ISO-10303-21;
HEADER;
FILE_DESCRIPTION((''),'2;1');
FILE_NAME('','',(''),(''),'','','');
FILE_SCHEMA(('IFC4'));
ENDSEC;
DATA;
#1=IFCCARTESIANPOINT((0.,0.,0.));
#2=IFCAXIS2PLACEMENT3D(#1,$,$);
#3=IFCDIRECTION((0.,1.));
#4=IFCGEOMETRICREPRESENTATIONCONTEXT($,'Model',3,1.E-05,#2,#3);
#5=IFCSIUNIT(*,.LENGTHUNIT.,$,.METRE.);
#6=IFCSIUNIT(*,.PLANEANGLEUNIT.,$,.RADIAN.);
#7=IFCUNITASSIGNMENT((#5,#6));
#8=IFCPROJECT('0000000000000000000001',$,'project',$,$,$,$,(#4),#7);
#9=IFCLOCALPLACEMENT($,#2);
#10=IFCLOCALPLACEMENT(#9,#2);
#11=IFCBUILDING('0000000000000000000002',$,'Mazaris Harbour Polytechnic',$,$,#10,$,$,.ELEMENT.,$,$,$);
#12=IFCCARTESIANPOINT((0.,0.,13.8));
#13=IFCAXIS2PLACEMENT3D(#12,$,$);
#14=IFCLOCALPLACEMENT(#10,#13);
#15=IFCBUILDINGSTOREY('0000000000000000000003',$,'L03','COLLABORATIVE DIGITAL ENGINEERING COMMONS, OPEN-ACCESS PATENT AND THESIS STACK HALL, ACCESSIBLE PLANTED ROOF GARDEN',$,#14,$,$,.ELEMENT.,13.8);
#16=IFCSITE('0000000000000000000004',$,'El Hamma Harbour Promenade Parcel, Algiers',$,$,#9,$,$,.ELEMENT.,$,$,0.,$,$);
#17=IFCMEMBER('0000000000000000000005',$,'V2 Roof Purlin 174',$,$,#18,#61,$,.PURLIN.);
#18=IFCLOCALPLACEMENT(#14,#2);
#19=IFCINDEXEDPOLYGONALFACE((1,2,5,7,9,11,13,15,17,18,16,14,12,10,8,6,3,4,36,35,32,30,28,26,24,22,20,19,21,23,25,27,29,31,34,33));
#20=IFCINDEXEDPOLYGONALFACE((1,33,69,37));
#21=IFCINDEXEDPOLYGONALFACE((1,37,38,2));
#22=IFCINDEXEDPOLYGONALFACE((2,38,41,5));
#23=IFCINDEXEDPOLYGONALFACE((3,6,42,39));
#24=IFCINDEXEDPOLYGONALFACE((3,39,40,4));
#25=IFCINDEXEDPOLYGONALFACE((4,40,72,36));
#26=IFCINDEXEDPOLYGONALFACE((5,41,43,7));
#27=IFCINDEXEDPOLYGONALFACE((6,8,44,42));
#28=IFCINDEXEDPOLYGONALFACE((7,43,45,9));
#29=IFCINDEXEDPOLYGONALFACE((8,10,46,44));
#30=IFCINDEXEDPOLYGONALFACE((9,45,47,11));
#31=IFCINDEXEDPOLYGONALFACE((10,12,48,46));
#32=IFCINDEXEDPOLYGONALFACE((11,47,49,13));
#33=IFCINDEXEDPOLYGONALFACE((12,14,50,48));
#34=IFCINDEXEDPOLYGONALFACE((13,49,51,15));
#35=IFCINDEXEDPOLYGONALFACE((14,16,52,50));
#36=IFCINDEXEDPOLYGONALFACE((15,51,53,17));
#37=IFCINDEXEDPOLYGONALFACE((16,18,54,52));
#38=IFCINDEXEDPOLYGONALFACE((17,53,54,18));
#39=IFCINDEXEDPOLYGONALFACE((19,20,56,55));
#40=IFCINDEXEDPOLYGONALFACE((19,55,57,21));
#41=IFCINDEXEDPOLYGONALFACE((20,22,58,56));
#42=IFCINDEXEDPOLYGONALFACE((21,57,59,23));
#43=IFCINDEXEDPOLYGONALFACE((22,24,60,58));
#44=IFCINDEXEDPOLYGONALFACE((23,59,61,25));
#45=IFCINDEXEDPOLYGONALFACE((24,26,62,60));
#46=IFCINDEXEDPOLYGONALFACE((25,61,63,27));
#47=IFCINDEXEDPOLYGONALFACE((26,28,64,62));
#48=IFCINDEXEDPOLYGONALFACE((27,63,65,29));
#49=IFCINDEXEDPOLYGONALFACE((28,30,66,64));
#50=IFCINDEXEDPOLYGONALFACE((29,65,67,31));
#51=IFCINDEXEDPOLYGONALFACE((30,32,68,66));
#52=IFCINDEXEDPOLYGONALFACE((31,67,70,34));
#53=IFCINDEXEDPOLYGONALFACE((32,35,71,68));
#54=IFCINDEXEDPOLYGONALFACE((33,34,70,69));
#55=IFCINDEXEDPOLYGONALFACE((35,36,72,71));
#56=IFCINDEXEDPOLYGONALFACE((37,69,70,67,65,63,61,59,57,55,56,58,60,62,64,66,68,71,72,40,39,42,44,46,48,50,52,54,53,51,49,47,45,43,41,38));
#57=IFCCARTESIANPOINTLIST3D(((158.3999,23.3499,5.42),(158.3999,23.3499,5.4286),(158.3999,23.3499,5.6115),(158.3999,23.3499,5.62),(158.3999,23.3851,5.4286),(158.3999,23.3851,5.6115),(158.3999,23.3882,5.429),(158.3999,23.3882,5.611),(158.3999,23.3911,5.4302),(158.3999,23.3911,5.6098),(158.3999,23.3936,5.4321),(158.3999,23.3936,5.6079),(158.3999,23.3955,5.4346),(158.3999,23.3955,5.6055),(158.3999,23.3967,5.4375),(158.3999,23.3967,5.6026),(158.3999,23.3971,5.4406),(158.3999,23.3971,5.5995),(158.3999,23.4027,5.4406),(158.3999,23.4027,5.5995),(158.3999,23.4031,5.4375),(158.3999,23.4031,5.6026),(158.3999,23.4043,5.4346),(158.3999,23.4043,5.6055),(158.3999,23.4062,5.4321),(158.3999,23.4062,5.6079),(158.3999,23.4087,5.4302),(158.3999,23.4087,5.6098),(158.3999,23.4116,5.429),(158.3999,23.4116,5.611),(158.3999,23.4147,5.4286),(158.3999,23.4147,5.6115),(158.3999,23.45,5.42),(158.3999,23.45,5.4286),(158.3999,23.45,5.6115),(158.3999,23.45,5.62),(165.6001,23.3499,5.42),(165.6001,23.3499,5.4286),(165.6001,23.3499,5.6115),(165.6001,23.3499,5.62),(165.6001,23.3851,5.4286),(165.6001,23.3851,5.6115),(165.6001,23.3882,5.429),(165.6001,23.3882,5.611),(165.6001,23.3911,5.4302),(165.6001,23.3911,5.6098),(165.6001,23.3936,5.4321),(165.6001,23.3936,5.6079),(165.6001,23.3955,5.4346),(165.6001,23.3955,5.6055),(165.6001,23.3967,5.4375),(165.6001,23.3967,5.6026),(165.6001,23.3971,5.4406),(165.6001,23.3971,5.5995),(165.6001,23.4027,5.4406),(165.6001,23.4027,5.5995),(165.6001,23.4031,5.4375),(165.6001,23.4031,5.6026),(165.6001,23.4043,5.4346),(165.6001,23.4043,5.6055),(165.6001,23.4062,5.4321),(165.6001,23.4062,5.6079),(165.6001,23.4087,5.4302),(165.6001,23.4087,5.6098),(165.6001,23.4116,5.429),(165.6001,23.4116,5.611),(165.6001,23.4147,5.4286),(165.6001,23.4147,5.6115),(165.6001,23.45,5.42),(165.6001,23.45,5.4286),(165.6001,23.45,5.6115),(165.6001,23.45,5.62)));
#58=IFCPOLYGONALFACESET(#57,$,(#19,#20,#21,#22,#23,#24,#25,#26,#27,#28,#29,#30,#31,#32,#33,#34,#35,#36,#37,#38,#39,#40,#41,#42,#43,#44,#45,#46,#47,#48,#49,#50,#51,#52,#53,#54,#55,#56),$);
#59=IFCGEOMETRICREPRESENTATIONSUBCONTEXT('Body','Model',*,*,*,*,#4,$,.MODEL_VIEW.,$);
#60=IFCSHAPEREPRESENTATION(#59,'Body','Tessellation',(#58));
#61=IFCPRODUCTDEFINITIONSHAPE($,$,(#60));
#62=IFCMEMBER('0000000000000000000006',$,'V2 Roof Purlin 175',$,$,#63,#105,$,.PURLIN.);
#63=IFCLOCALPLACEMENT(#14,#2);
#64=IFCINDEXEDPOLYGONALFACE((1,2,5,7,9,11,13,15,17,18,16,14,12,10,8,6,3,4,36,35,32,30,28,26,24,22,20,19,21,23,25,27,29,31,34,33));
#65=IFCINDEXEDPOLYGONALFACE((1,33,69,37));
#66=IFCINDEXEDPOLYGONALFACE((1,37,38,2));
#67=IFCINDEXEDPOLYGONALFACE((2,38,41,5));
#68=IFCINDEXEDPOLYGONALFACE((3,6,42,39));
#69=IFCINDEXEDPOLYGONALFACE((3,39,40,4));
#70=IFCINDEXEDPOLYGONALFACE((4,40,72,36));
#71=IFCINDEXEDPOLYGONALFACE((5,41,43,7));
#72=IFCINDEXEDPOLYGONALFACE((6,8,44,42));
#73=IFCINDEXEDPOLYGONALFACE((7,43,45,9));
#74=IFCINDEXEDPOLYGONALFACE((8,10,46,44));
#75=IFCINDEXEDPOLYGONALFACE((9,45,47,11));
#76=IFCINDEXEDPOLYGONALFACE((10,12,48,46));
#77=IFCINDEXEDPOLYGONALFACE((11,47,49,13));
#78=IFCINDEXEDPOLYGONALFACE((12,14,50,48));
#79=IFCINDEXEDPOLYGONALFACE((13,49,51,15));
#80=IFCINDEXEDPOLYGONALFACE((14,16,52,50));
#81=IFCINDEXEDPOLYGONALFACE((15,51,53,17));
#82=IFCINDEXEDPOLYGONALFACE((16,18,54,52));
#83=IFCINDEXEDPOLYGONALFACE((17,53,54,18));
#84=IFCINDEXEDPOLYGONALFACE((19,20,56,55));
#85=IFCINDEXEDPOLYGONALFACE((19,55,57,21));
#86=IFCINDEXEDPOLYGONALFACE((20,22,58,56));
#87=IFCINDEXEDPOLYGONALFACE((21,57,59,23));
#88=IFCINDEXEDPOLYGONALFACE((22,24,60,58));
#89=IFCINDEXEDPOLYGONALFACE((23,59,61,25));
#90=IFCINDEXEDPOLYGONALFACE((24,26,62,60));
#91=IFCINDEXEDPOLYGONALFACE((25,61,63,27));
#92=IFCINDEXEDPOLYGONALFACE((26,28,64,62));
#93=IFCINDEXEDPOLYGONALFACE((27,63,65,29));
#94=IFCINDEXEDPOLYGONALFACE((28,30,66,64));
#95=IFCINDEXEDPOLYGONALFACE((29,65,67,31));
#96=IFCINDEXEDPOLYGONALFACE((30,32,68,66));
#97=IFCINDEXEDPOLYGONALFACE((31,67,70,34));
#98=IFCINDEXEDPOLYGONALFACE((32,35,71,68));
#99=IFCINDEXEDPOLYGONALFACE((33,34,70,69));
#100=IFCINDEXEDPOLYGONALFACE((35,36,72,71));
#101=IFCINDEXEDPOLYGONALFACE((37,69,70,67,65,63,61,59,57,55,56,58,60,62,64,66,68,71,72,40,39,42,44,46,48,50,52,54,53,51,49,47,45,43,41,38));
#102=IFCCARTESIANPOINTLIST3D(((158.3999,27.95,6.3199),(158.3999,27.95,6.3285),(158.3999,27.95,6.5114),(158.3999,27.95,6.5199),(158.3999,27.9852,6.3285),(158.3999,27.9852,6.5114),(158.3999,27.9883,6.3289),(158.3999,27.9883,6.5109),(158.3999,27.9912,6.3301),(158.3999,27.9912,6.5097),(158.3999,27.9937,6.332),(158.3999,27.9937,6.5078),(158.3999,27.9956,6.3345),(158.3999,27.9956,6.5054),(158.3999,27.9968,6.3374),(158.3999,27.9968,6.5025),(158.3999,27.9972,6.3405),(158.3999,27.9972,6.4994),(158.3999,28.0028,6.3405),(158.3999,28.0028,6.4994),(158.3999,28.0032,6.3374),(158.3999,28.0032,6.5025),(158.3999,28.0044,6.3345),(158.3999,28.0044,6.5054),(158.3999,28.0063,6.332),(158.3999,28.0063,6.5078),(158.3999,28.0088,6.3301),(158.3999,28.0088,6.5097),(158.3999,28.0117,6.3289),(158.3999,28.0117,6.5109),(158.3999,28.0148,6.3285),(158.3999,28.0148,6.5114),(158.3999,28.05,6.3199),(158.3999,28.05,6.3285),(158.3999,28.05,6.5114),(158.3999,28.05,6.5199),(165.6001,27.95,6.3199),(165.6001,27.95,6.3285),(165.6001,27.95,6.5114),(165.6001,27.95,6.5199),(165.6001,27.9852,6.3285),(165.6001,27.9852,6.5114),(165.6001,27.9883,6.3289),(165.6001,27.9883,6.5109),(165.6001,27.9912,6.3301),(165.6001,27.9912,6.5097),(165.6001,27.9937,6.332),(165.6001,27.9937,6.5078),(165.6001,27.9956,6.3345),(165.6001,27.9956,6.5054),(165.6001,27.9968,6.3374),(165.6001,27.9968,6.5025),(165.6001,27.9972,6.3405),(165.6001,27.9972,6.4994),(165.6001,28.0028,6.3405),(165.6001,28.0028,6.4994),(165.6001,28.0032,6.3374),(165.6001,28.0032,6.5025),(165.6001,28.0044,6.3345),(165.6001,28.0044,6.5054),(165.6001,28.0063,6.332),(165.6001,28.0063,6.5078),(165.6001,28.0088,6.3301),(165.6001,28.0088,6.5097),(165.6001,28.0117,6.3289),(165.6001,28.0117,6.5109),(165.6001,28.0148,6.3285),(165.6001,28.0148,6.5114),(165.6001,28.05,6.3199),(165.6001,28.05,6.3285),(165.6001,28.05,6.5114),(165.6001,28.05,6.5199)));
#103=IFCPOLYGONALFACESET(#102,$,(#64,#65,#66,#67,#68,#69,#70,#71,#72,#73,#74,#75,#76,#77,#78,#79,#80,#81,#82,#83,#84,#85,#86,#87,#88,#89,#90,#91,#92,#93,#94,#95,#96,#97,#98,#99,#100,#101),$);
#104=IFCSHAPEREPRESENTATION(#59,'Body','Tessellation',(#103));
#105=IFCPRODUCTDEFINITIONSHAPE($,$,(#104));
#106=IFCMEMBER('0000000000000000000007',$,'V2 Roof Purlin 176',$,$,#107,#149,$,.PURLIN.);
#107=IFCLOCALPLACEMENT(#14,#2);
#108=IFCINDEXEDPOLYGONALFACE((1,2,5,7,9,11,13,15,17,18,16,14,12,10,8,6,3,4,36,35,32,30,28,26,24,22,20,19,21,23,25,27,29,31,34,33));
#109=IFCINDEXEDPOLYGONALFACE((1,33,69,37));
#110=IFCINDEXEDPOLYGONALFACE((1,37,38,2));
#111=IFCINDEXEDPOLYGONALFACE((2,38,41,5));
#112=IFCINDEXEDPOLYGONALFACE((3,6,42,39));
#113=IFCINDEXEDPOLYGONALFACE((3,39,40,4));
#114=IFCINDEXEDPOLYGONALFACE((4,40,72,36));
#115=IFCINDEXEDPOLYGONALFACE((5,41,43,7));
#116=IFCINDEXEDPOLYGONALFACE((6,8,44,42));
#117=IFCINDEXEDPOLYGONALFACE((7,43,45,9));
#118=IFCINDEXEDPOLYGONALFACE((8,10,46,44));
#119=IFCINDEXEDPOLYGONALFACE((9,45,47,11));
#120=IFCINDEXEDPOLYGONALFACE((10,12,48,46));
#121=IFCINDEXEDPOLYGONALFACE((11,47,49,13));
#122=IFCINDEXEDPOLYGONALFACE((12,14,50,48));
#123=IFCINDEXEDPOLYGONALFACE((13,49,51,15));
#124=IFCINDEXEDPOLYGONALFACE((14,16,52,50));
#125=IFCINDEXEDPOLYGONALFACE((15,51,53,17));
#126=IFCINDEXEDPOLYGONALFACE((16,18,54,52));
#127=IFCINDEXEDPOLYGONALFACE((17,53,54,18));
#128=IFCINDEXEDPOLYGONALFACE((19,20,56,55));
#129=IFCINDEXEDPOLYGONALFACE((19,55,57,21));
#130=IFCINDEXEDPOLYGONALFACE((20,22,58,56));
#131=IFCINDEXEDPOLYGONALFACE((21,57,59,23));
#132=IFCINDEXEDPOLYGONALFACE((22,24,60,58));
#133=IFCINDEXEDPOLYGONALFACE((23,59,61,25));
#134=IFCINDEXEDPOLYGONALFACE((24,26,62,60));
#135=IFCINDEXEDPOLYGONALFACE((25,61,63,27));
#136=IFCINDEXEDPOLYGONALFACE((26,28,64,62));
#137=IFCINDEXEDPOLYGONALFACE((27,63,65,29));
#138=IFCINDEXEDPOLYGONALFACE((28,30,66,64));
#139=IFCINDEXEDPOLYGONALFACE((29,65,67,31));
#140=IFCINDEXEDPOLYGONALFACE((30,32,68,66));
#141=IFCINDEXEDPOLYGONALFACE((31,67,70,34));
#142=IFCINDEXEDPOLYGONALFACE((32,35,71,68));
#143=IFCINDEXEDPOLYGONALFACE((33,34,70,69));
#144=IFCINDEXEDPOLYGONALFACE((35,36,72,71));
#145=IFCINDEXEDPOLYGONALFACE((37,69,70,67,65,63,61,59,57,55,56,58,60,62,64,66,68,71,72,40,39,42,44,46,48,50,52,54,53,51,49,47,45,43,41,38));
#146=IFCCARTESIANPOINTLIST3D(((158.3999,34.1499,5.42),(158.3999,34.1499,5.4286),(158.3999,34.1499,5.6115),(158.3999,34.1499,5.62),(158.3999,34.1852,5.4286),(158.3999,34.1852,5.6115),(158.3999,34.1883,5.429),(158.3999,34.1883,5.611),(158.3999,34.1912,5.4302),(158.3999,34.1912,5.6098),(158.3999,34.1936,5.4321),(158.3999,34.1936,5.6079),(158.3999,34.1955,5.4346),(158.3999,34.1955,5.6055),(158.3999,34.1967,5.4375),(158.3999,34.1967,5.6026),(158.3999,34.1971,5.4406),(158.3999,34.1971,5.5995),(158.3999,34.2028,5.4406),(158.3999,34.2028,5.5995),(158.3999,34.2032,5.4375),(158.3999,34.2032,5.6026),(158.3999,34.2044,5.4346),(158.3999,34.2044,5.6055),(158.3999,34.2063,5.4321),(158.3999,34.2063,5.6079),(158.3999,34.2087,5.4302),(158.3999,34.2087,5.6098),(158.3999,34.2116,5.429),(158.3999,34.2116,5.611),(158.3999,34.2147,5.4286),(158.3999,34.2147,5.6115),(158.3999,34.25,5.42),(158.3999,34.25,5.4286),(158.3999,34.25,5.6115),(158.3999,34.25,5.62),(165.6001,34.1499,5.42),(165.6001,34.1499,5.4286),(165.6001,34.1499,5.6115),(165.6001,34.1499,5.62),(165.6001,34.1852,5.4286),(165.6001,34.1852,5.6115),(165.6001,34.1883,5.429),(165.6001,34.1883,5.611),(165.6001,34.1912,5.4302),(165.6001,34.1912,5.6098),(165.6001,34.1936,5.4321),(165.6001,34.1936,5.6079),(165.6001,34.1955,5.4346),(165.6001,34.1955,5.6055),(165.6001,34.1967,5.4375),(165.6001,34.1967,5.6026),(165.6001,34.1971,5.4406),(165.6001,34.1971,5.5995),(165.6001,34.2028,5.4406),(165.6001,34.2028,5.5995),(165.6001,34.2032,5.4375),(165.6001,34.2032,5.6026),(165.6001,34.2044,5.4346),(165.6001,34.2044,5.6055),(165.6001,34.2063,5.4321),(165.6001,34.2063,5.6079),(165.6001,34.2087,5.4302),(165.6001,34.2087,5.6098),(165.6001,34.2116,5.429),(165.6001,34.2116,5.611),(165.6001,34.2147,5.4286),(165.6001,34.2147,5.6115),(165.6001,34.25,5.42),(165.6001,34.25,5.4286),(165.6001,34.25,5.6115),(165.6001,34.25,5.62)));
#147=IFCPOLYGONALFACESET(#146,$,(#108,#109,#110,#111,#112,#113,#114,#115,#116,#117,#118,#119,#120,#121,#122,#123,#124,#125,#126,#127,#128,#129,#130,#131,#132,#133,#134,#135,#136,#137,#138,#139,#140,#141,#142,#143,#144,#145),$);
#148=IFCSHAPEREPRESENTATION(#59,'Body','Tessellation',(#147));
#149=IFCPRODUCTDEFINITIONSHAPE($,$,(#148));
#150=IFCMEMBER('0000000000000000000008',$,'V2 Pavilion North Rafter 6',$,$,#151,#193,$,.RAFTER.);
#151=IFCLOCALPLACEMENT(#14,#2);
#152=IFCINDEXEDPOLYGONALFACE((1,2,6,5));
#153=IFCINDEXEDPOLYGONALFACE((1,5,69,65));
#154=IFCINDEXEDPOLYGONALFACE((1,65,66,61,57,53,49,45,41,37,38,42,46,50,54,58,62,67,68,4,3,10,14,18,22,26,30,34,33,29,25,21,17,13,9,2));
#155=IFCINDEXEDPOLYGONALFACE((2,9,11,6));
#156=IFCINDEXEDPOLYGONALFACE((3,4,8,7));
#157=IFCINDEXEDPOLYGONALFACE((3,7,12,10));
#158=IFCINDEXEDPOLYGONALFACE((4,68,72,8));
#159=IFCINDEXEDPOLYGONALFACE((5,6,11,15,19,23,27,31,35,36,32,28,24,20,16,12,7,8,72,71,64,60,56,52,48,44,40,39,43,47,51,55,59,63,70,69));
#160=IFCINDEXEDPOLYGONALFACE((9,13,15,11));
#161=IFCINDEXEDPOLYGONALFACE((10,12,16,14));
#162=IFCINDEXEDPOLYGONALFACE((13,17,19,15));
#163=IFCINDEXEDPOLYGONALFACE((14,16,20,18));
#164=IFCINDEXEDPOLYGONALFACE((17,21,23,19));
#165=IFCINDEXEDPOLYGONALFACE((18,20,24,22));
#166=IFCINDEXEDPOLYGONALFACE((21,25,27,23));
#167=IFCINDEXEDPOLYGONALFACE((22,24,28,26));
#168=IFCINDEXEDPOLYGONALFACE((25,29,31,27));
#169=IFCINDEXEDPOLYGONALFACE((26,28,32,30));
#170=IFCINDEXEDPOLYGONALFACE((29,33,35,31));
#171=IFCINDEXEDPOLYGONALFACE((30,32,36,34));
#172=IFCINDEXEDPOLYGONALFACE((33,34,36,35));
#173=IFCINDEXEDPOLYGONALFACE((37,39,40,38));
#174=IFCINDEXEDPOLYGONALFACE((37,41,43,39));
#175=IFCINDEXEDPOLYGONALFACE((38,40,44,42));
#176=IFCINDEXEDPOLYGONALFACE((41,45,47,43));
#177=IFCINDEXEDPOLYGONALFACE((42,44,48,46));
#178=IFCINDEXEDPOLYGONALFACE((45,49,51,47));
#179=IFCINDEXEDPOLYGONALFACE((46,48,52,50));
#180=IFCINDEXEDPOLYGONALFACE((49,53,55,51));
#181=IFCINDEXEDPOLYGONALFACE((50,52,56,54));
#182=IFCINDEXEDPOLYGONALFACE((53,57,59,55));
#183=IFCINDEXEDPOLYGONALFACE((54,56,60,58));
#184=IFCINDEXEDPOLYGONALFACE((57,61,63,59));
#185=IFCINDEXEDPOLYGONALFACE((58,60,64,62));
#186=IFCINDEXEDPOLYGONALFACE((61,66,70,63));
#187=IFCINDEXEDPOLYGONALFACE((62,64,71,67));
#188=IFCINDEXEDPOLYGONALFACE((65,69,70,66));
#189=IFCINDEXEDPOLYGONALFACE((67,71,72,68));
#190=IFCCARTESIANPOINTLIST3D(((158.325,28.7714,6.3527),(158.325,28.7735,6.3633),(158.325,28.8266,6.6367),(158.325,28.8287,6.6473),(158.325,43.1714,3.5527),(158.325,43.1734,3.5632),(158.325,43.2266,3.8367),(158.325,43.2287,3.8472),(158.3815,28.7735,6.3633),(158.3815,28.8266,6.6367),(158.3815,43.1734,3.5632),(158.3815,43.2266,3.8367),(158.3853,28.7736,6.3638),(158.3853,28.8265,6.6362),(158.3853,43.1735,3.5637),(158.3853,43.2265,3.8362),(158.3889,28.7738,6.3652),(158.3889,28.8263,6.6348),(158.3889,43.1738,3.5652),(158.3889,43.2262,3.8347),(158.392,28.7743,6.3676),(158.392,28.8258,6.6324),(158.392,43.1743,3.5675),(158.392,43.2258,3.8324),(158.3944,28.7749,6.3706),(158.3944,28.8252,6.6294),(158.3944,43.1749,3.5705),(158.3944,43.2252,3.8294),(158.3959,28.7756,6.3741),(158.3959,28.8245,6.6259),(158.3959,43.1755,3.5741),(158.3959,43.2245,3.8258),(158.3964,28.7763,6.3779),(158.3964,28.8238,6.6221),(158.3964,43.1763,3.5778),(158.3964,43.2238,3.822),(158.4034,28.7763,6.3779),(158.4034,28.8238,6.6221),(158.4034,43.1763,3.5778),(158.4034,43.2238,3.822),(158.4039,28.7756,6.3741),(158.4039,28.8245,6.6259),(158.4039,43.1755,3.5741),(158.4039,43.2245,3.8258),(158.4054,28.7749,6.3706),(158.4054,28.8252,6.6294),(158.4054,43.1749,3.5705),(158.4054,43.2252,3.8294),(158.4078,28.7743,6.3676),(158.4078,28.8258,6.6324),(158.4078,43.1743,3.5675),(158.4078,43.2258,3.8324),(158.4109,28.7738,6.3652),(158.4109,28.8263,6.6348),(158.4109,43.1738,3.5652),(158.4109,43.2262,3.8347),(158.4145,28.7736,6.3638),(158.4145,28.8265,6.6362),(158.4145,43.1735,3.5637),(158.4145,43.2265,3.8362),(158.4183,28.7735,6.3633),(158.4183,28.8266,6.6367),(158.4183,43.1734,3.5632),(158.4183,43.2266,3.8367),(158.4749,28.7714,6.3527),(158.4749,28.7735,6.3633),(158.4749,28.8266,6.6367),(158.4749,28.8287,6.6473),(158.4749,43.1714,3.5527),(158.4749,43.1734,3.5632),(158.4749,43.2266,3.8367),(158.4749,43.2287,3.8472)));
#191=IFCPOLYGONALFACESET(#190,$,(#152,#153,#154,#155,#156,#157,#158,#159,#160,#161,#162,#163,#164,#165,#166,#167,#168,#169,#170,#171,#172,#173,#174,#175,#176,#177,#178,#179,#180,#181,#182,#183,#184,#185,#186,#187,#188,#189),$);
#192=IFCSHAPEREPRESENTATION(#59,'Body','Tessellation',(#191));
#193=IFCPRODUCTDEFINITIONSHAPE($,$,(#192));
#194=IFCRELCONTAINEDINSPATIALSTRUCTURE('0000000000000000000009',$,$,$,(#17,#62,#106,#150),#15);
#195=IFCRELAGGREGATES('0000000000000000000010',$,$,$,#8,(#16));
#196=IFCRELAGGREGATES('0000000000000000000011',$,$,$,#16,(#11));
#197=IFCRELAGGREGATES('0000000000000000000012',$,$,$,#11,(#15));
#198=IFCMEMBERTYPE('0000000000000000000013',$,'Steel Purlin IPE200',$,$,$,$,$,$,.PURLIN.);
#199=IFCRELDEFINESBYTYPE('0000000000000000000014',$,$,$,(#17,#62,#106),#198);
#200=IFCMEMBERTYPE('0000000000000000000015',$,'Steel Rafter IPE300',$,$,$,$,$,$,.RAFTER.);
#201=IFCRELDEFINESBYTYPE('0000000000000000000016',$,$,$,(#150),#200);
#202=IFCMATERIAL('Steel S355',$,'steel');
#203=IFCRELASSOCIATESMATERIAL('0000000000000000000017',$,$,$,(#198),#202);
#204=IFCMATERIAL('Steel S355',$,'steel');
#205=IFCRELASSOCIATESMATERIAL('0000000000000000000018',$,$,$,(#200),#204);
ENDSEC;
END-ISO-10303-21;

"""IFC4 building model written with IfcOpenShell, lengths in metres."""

from ifc_helpers import new_model, si_unit, direction, frame, origin, origin_2d, place, context, subcontext, project, spatial, i_section, extrude, material, material_profile, profile_set, type_object, element, save


model = new_model("IFC4")

# Units and contexts
model_context = context("Model", 3, precision=1e-05, world=origin(), true_north=direction((0.0, 1.0)))
body_context = subcontext(model_context, "Body", "Model", "MODEL_VIEW")
ifc_project = project(units=[si_unit("LENGTHUNIT", "METRE"), si_unit("PLANEANGLEUNIT", "RADIAN")], contexts=[model_context])

# Site, building, storey
site_placement = place(None, origin())
site = spatial("IfcSite", under=ifc_project, at=site_placement, Name="El Hamma Harbour Promenade Parcel, Algiers", CompositionType="ELEMENT", RefElevation=0.0)
building_placement = place(site_placement, origin())
building = spatial("IfcBuilding", under=site, at=building_placement, Name="Mazaris Harbour Polytechnic", CompositionType="ELEMENT")
storey_placement = place(building_placement, frame((0.0, 0.0, 13.8)))
storey = spatial("IfcBuildingStorey", under=building, at=storey_placement, Name="L03", Description="COLLABORATIVE DIGITAL ENGINEERING COMMONS, OPEN-ACCESS PATENT AND THESIS STACK HALL, ACCESSIBLE PLANTED ROOF GARDEN", CompositionType="ELEMENT", Elevation=13.8)

# Members
ifc_material_1 = material(Name="Steel S355", Category="steel")
ifc_material_profile_1 = material_profile(ifc_material_1, i_section(OverallWidth=0.1001, OverallDepth=0.2, WebThickness=0.0056, FlangeThickness=0.0085, FilletRadius=0.012, at=origin_2d()), Name="IPE 200")
ifc_profile_set_1 = profile_set([ifc_material_profile_1], Name="Steel S355")
member_type_1 = type_object("IfcMemberType", Name="Steel Purlin IPE200", PredefinedType="PURLIN", material=ifc_profile_set_1)
for number, where, z_axis, x_axis, name in (
    (1, (158.3999, 23.3999, 5.52), (1.0, 0.0, 0.0), (0.0, 1.0, 0.0), "V2 Roof Purlin 174"),
    (2, (158.3999, 28.0, 6.4199), (1.0, 0.0, 0.0), (0.0, 1.0, 0.0), "V2 Roof Purlin 175"),
    (3, (158.3999, 34.2, 5.52), (1.0, 0.0, 0.0), (0.0, 1.0, 0.0), "V2 Roof Purlin 176"),
):
    element("IfcMember", number, at=place(storey_placement, frame(where, z_axis=z_axis, x_axis=x_axis)), inside=storey, type_object=member_type_1, Name=name, PredefinedType="PURLIN", context=body_context, shape_type="SweptSolid", body=[
        extrude(i_section(OverallWidth=0.1001, OverallDepth=0.2, WebThickness=0.0056, FlangeThickness=0.0085, FilletRadius=0.012, at=origin_2d()), origin(), (0.0, 0.0, 1.0), 7.2002),
    ])
ifc_material_2 = material(Name="Steel S355", Category="steel")
ifc_material_profile_2 = material_profile(ifc_material_2, i_section(OverallWidth=0.1499, OverallDepth=0.3, WebThickness=0.0071, FlangeThickness=0.0107, FilletRadius=0.0149, at=origin_2d()), Name="IPE 300")
ifc_profile_set_2 = profile_set([ifc_material_profile_2], Name="Steel S355")
member_type_2 = type_object("IfcMemberType", Name="Steel Rafter IPE300", PredefinedType="RAFTER", material=ifc_profile_set_2)
member_1_placement = place(storey_placement, frame((158.3999, 28.8, 6.5), z_axis=(0.0, 0.981615, -0.190874), x_axis=(-1.0, 0.0, 0.0)))
element("IfcMember", 4, at=member_1_placement, inside=storey, type_object=member_type_2, Name="V2 Pavilion North Rafter 6", PredefinedType="RAFTER", context=body_context, shape_type="SweptSolid", body=[
    extrude(i_section(OverallWidth=0.1499, OverallDepth=0.3, WebThickness=0.0071, FlangeThickness=0.0107, FilletRadius=0.0149, at=origin_2d()), origin(), (0.0, 0.0, 1.0), 14.6697),
])

save(model, "model.ifc")
